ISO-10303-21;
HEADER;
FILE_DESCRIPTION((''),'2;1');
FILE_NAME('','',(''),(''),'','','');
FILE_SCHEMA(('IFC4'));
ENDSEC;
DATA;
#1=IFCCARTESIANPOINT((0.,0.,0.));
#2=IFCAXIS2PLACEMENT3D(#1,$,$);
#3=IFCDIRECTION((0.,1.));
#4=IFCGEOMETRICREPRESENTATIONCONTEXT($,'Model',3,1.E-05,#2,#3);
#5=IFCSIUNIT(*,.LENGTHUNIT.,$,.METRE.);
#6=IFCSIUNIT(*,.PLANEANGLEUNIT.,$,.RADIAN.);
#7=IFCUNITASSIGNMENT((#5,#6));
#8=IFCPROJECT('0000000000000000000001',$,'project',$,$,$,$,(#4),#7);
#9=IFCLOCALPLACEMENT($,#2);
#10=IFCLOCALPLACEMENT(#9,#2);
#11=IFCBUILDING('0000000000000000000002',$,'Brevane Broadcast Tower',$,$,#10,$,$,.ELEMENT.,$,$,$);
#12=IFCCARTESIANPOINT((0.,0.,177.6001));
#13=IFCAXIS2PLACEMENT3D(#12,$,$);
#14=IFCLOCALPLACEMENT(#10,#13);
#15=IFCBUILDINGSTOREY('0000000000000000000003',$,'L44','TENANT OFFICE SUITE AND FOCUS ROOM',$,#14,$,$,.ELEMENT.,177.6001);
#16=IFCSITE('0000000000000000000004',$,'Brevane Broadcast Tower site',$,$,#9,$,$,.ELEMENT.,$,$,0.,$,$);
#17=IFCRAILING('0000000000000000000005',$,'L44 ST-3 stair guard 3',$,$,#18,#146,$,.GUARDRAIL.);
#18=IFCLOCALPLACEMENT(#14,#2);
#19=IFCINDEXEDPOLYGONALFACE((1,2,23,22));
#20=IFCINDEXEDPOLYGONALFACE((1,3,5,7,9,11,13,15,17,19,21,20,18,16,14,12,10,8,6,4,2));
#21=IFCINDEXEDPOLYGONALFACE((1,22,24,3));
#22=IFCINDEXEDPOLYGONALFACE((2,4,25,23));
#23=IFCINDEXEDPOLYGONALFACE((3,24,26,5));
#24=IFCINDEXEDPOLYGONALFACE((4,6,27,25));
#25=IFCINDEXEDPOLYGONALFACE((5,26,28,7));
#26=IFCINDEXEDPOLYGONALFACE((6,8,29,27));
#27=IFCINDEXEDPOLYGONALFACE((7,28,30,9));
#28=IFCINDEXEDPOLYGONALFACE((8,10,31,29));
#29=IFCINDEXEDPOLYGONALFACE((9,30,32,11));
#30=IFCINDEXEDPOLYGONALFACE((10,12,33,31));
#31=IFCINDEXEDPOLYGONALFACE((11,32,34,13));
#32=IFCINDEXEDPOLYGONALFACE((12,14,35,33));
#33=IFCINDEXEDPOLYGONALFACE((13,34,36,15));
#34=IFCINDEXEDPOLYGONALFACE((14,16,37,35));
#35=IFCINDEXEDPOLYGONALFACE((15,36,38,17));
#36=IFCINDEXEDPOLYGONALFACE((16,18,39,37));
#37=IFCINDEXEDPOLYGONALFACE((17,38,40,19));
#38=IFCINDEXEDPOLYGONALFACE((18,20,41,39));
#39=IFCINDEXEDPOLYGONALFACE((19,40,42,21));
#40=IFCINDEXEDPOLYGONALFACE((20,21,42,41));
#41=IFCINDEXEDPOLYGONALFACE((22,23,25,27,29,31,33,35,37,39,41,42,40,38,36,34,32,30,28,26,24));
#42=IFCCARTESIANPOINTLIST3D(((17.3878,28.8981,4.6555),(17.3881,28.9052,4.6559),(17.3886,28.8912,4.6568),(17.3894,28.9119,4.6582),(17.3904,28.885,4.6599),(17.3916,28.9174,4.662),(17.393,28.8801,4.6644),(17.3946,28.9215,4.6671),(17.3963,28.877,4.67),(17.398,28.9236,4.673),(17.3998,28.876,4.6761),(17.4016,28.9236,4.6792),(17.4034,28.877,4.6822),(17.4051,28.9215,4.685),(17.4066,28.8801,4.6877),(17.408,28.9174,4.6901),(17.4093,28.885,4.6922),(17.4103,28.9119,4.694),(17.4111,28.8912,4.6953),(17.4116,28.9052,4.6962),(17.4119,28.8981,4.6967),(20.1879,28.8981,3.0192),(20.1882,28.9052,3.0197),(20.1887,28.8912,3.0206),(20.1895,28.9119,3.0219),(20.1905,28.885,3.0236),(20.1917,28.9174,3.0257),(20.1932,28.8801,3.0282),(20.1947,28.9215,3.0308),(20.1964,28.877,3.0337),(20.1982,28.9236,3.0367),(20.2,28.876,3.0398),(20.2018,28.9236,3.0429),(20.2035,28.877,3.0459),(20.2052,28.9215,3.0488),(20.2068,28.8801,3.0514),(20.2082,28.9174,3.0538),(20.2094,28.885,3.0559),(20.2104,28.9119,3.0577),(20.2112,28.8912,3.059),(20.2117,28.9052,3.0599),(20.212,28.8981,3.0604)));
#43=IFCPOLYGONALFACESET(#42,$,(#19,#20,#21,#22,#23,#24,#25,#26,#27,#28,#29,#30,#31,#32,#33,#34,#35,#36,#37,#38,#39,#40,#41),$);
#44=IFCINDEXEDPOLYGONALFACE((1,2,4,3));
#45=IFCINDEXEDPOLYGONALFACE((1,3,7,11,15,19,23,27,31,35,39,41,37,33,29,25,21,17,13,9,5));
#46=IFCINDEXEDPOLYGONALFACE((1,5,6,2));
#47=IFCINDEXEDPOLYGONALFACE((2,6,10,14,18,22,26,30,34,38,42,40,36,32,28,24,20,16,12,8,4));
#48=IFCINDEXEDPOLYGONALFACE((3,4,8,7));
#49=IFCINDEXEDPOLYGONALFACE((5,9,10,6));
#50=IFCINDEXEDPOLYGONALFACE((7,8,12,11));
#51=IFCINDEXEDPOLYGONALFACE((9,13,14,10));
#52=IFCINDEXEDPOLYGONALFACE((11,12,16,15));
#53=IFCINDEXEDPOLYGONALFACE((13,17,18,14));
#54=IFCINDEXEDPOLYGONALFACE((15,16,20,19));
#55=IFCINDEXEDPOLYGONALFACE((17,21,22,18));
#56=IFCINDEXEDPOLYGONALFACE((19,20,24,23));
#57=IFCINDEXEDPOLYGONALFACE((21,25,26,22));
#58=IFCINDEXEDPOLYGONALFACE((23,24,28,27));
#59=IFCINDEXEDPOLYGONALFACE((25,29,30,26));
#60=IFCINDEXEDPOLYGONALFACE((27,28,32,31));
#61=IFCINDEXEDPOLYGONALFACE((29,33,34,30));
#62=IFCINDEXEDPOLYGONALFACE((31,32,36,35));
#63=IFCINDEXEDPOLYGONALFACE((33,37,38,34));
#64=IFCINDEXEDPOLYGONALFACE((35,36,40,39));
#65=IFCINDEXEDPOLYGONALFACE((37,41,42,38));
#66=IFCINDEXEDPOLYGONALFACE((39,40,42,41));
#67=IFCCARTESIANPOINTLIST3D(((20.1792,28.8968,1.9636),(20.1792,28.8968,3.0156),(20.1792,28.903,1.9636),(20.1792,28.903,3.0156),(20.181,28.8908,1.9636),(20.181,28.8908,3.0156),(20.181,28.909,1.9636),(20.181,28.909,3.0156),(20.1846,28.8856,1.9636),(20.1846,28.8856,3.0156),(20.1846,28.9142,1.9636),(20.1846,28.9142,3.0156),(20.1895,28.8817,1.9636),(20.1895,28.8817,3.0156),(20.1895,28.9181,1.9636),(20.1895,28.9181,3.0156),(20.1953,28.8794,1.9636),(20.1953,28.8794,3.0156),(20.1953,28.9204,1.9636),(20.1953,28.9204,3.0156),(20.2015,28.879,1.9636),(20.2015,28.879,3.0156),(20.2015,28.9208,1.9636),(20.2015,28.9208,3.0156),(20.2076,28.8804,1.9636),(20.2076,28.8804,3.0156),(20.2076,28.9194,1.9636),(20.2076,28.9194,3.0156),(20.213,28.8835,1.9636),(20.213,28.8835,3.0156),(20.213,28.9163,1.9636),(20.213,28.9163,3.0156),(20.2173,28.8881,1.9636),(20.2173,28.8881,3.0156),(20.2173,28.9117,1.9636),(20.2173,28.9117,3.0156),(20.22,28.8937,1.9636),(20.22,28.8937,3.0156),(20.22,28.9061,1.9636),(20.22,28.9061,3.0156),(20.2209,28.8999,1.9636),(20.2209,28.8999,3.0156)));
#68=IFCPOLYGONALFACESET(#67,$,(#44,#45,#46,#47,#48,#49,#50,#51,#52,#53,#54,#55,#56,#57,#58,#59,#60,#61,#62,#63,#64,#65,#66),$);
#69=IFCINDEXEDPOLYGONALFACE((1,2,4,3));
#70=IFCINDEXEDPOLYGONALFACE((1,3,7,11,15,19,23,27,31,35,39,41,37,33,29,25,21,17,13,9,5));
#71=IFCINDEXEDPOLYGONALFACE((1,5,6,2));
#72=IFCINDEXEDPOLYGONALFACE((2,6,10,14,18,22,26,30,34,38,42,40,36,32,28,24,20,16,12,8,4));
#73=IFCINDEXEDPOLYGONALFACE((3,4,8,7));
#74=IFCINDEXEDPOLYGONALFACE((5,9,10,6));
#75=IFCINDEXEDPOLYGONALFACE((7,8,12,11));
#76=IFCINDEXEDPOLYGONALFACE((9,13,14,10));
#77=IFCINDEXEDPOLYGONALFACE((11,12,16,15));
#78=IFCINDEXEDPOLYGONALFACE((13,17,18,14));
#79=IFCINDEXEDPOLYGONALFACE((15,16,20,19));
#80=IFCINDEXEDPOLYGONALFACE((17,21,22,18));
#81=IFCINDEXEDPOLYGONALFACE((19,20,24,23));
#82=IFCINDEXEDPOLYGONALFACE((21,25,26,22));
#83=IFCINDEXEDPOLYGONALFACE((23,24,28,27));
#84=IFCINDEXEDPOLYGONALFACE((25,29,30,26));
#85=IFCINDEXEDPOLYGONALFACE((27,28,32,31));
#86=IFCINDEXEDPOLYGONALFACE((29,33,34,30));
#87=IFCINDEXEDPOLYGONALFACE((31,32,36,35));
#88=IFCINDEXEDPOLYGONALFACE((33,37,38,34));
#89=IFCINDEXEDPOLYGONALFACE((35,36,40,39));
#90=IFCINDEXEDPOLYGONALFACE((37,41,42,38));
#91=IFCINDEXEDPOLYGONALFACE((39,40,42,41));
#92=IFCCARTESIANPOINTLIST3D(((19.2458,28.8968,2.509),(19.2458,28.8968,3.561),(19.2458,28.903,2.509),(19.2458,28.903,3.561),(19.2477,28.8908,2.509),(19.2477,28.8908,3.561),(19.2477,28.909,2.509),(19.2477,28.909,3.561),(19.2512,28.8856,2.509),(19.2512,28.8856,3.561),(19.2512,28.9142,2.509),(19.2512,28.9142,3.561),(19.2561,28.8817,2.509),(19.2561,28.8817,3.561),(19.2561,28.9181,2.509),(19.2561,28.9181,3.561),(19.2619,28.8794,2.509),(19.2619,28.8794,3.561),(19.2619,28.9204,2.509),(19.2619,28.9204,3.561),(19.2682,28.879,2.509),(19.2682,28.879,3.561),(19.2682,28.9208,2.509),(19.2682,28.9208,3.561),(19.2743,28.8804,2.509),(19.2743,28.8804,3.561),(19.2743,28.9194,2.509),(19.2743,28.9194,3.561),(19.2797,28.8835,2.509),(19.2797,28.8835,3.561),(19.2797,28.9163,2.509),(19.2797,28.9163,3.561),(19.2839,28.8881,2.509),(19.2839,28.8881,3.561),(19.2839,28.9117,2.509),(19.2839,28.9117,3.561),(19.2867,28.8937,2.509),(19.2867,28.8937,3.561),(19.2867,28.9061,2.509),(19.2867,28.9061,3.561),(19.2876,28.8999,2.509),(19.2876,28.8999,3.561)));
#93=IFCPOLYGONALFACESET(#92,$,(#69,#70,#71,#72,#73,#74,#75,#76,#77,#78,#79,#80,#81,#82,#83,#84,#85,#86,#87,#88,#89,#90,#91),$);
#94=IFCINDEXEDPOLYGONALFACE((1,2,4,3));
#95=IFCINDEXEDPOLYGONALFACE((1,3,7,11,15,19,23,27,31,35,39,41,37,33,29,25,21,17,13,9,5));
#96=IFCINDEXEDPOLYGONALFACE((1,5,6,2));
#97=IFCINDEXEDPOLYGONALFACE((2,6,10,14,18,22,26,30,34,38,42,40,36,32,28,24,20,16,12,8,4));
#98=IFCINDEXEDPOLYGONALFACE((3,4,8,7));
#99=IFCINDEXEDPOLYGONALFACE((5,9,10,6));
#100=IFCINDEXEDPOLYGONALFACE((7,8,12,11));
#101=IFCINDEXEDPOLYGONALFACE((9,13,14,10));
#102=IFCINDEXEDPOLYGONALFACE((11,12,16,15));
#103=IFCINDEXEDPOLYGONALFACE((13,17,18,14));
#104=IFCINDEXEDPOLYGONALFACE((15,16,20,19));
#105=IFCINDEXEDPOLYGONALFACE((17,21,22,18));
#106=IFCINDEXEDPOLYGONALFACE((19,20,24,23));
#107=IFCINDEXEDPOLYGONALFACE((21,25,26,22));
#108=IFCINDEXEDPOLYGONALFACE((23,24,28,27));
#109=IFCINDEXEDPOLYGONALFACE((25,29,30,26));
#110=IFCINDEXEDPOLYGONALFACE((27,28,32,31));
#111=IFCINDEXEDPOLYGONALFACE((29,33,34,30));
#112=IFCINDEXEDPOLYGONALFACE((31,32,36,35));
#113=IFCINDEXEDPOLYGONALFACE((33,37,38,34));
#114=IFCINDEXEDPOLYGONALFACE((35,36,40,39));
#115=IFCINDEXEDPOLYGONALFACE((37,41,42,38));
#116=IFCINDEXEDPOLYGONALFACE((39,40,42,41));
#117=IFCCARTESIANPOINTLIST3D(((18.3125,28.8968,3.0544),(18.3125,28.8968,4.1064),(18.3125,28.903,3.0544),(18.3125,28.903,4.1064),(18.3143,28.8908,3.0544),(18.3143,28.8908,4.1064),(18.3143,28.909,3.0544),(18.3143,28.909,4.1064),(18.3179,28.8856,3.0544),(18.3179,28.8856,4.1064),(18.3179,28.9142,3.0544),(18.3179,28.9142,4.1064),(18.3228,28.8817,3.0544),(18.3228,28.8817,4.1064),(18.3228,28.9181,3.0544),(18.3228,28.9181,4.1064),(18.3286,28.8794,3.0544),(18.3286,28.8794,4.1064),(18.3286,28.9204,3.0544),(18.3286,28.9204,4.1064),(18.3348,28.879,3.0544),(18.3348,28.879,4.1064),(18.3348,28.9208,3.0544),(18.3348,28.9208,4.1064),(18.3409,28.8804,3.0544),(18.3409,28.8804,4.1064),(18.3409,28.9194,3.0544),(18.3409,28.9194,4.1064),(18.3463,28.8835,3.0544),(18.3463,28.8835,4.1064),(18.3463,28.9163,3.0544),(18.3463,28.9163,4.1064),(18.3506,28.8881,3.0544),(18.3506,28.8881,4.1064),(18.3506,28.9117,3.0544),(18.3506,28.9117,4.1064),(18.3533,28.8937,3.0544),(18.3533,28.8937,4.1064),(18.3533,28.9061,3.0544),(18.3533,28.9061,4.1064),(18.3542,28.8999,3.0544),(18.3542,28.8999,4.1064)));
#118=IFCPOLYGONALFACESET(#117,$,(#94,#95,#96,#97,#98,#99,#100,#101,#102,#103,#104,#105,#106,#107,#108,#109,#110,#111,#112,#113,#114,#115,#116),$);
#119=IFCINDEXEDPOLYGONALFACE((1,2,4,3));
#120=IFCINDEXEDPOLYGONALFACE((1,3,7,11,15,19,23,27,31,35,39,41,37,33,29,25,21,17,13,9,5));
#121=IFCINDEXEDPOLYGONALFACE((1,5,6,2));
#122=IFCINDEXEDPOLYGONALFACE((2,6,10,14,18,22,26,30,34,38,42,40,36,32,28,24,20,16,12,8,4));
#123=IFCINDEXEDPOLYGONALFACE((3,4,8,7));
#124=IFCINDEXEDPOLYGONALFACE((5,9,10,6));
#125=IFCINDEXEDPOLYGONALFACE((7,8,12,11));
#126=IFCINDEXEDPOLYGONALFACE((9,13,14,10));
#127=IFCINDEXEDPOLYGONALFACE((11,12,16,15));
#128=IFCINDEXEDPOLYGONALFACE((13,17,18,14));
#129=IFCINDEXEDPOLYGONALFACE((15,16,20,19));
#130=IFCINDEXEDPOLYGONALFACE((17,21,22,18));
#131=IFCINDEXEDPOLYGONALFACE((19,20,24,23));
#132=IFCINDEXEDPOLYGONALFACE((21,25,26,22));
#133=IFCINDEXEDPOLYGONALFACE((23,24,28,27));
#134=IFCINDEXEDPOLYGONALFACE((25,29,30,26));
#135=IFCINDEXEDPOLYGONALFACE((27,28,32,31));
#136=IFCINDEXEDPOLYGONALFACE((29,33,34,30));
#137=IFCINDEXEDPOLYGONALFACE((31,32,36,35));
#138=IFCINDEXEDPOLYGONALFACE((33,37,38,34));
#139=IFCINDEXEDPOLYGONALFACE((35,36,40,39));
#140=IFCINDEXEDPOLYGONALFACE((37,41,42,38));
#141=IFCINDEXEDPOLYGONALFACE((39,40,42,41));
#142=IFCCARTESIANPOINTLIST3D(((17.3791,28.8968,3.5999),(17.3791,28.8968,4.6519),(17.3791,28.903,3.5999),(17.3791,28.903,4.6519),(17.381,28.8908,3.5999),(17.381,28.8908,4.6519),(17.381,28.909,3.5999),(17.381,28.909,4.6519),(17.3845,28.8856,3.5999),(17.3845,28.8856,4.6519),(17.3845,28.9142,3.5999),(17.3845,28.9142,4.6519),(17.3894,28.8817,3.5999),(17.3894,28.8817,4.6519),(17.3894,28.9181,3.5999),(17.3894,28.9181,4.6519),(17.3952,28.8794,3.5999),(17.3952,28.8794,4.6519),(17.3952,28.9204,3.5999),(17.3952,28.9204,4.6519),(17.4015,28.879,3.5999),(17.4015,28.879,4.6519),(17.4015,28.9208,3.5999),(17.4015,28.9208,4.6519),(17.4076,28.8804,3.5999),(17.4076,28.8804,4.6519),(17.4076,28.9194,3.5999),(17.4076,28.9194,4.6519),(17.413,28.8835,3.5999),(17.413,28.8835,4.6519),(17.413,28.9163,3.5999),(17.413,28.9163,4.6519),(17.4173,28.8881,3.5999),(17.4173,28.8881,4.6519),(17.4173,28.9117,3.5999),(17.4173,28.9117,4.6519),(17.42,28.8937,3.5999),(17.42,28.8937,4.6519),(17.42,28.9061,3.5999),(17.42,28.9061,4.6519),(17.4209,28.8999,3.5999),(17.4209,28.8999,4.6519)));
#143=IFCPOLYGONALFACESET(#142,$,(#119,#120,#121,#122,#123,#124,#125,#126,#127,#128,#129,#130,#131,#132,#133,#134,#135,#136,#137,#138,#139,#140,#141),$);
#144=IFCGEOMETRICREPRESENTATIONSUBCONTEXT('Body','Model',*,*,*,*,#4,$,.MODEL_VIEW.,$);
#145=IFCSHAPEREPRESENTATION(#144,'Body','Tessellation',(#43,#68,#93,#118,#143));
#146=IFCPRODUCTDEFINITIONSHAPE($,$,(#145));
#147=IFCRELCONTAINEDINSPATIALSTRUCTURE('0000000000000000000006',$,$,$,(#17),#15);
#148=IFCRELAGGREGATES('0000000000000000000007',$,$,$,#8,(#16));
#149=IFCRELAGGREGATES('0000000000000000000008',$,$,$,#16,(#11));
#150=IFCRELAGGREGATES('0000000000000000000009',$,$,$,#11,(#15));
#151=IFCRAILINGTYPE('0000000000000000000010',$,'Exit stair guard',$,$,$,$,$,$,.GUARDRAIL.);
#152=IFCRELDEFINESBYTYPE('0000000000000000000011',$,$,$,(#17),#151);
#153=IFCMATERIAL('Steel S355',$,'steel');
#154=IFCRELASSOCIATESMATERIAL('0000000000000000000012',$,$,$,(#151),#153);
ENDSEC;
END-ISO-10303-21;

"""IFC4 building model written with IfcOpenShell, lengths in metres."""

from ifc_helpers import new_model, si_unit, direction, frame, origin, origin_2d, place, context, subcontext, project, spatial, circle, extrude, material, type_object, element, save


model = new_model("IFC4")

# Units and contexts
model_context = context("Model", 3, precision=1e-05, world=origin(), true_north=direction((0.0, 1.0)))
body_context = subcontext(model_context, "Body", "Model", "MODEL_VIEW")
ifc_project = project(units=[si_unit("LENGTHUNIT", "METRE"), si_unit("PLANEANGLEUNIT", "RADIAN")], contexts=[model_context])

# Site, building, storey
site_placement = place(None, origin())
site = spatial("IfcSite", under=ifc_project, at=site_placement, Name="Brevane Broadcast Tower site", CompositionType="ELEMENT", RefElevation=0.0)
building_placement = place(site_placement, origin())
building = spatial("IfcBuilding", under=site, at=building_placement, Name="Brevane Broadcast Tower", CompositionType="ELEMENT")
storey_placement = place(building_placement, frame((0.0, 0.0, 177.6001)))
storey = spatial("IfcBuildingStorey", under=building, at=storey_placement, Name="L44", Description="TENANT OFFICE SUITE AND FOCUS ROOM", CompositionType="ELEMENT", Elevation=177.6001)

# Railing
ifc_material_1 = material(Name="Steel S355", Category="steel")
railing_type_1 = type_object("IfcRailingType", Name="Exit stair guard", PredefinedType="GUARDRAIL", material=ifc_material_1)
railing_1_placement = place(storey_placement, frame((20.2, 28.8999, 1.9636)))
element("IfcRailing", 1, at=railing_1_placement, inside=storey, type_object=railing_type_1, Name="L44 ST-3 stair guard 3", PredefinedType="GUARDRAIL", context=body_context, shape_type="SweptSolid", body=[
    extrude(circle(Radius=0.0239, at=origin_2d()), frame((0.0, 0.0, 1.0762), z_axis=(-0.863394, 0.0, 0.504531), x_axis=(0.0, -1.0, 0.0)), (0.0, 0.0, 1.0), 3.2432),
    extrude(circle(Radius=0.021, at=origin_2d()), origin(), (0.0, 0.0, 1.0), 1.052),
    extrude(circle(Radius=0.021, at=origin_2d()), frame((-0.9333, 0.0, 0.5454)), (0.0, 0.0, 1.0), 1.052),
    extrude(circle(Radius=0.021, at=origin_2d()), frame((-1.8667, 0.0, 1.0908)), (0.0, 0.0, 1.0), 1.052),
    extrude(circle(Radius=0.021, at=origin_2d()), frame((-2.8, 0.0, 1.6362)), (0.0, 0.0, 1.0), 1.052),
])

save(model, "model.ifc")
